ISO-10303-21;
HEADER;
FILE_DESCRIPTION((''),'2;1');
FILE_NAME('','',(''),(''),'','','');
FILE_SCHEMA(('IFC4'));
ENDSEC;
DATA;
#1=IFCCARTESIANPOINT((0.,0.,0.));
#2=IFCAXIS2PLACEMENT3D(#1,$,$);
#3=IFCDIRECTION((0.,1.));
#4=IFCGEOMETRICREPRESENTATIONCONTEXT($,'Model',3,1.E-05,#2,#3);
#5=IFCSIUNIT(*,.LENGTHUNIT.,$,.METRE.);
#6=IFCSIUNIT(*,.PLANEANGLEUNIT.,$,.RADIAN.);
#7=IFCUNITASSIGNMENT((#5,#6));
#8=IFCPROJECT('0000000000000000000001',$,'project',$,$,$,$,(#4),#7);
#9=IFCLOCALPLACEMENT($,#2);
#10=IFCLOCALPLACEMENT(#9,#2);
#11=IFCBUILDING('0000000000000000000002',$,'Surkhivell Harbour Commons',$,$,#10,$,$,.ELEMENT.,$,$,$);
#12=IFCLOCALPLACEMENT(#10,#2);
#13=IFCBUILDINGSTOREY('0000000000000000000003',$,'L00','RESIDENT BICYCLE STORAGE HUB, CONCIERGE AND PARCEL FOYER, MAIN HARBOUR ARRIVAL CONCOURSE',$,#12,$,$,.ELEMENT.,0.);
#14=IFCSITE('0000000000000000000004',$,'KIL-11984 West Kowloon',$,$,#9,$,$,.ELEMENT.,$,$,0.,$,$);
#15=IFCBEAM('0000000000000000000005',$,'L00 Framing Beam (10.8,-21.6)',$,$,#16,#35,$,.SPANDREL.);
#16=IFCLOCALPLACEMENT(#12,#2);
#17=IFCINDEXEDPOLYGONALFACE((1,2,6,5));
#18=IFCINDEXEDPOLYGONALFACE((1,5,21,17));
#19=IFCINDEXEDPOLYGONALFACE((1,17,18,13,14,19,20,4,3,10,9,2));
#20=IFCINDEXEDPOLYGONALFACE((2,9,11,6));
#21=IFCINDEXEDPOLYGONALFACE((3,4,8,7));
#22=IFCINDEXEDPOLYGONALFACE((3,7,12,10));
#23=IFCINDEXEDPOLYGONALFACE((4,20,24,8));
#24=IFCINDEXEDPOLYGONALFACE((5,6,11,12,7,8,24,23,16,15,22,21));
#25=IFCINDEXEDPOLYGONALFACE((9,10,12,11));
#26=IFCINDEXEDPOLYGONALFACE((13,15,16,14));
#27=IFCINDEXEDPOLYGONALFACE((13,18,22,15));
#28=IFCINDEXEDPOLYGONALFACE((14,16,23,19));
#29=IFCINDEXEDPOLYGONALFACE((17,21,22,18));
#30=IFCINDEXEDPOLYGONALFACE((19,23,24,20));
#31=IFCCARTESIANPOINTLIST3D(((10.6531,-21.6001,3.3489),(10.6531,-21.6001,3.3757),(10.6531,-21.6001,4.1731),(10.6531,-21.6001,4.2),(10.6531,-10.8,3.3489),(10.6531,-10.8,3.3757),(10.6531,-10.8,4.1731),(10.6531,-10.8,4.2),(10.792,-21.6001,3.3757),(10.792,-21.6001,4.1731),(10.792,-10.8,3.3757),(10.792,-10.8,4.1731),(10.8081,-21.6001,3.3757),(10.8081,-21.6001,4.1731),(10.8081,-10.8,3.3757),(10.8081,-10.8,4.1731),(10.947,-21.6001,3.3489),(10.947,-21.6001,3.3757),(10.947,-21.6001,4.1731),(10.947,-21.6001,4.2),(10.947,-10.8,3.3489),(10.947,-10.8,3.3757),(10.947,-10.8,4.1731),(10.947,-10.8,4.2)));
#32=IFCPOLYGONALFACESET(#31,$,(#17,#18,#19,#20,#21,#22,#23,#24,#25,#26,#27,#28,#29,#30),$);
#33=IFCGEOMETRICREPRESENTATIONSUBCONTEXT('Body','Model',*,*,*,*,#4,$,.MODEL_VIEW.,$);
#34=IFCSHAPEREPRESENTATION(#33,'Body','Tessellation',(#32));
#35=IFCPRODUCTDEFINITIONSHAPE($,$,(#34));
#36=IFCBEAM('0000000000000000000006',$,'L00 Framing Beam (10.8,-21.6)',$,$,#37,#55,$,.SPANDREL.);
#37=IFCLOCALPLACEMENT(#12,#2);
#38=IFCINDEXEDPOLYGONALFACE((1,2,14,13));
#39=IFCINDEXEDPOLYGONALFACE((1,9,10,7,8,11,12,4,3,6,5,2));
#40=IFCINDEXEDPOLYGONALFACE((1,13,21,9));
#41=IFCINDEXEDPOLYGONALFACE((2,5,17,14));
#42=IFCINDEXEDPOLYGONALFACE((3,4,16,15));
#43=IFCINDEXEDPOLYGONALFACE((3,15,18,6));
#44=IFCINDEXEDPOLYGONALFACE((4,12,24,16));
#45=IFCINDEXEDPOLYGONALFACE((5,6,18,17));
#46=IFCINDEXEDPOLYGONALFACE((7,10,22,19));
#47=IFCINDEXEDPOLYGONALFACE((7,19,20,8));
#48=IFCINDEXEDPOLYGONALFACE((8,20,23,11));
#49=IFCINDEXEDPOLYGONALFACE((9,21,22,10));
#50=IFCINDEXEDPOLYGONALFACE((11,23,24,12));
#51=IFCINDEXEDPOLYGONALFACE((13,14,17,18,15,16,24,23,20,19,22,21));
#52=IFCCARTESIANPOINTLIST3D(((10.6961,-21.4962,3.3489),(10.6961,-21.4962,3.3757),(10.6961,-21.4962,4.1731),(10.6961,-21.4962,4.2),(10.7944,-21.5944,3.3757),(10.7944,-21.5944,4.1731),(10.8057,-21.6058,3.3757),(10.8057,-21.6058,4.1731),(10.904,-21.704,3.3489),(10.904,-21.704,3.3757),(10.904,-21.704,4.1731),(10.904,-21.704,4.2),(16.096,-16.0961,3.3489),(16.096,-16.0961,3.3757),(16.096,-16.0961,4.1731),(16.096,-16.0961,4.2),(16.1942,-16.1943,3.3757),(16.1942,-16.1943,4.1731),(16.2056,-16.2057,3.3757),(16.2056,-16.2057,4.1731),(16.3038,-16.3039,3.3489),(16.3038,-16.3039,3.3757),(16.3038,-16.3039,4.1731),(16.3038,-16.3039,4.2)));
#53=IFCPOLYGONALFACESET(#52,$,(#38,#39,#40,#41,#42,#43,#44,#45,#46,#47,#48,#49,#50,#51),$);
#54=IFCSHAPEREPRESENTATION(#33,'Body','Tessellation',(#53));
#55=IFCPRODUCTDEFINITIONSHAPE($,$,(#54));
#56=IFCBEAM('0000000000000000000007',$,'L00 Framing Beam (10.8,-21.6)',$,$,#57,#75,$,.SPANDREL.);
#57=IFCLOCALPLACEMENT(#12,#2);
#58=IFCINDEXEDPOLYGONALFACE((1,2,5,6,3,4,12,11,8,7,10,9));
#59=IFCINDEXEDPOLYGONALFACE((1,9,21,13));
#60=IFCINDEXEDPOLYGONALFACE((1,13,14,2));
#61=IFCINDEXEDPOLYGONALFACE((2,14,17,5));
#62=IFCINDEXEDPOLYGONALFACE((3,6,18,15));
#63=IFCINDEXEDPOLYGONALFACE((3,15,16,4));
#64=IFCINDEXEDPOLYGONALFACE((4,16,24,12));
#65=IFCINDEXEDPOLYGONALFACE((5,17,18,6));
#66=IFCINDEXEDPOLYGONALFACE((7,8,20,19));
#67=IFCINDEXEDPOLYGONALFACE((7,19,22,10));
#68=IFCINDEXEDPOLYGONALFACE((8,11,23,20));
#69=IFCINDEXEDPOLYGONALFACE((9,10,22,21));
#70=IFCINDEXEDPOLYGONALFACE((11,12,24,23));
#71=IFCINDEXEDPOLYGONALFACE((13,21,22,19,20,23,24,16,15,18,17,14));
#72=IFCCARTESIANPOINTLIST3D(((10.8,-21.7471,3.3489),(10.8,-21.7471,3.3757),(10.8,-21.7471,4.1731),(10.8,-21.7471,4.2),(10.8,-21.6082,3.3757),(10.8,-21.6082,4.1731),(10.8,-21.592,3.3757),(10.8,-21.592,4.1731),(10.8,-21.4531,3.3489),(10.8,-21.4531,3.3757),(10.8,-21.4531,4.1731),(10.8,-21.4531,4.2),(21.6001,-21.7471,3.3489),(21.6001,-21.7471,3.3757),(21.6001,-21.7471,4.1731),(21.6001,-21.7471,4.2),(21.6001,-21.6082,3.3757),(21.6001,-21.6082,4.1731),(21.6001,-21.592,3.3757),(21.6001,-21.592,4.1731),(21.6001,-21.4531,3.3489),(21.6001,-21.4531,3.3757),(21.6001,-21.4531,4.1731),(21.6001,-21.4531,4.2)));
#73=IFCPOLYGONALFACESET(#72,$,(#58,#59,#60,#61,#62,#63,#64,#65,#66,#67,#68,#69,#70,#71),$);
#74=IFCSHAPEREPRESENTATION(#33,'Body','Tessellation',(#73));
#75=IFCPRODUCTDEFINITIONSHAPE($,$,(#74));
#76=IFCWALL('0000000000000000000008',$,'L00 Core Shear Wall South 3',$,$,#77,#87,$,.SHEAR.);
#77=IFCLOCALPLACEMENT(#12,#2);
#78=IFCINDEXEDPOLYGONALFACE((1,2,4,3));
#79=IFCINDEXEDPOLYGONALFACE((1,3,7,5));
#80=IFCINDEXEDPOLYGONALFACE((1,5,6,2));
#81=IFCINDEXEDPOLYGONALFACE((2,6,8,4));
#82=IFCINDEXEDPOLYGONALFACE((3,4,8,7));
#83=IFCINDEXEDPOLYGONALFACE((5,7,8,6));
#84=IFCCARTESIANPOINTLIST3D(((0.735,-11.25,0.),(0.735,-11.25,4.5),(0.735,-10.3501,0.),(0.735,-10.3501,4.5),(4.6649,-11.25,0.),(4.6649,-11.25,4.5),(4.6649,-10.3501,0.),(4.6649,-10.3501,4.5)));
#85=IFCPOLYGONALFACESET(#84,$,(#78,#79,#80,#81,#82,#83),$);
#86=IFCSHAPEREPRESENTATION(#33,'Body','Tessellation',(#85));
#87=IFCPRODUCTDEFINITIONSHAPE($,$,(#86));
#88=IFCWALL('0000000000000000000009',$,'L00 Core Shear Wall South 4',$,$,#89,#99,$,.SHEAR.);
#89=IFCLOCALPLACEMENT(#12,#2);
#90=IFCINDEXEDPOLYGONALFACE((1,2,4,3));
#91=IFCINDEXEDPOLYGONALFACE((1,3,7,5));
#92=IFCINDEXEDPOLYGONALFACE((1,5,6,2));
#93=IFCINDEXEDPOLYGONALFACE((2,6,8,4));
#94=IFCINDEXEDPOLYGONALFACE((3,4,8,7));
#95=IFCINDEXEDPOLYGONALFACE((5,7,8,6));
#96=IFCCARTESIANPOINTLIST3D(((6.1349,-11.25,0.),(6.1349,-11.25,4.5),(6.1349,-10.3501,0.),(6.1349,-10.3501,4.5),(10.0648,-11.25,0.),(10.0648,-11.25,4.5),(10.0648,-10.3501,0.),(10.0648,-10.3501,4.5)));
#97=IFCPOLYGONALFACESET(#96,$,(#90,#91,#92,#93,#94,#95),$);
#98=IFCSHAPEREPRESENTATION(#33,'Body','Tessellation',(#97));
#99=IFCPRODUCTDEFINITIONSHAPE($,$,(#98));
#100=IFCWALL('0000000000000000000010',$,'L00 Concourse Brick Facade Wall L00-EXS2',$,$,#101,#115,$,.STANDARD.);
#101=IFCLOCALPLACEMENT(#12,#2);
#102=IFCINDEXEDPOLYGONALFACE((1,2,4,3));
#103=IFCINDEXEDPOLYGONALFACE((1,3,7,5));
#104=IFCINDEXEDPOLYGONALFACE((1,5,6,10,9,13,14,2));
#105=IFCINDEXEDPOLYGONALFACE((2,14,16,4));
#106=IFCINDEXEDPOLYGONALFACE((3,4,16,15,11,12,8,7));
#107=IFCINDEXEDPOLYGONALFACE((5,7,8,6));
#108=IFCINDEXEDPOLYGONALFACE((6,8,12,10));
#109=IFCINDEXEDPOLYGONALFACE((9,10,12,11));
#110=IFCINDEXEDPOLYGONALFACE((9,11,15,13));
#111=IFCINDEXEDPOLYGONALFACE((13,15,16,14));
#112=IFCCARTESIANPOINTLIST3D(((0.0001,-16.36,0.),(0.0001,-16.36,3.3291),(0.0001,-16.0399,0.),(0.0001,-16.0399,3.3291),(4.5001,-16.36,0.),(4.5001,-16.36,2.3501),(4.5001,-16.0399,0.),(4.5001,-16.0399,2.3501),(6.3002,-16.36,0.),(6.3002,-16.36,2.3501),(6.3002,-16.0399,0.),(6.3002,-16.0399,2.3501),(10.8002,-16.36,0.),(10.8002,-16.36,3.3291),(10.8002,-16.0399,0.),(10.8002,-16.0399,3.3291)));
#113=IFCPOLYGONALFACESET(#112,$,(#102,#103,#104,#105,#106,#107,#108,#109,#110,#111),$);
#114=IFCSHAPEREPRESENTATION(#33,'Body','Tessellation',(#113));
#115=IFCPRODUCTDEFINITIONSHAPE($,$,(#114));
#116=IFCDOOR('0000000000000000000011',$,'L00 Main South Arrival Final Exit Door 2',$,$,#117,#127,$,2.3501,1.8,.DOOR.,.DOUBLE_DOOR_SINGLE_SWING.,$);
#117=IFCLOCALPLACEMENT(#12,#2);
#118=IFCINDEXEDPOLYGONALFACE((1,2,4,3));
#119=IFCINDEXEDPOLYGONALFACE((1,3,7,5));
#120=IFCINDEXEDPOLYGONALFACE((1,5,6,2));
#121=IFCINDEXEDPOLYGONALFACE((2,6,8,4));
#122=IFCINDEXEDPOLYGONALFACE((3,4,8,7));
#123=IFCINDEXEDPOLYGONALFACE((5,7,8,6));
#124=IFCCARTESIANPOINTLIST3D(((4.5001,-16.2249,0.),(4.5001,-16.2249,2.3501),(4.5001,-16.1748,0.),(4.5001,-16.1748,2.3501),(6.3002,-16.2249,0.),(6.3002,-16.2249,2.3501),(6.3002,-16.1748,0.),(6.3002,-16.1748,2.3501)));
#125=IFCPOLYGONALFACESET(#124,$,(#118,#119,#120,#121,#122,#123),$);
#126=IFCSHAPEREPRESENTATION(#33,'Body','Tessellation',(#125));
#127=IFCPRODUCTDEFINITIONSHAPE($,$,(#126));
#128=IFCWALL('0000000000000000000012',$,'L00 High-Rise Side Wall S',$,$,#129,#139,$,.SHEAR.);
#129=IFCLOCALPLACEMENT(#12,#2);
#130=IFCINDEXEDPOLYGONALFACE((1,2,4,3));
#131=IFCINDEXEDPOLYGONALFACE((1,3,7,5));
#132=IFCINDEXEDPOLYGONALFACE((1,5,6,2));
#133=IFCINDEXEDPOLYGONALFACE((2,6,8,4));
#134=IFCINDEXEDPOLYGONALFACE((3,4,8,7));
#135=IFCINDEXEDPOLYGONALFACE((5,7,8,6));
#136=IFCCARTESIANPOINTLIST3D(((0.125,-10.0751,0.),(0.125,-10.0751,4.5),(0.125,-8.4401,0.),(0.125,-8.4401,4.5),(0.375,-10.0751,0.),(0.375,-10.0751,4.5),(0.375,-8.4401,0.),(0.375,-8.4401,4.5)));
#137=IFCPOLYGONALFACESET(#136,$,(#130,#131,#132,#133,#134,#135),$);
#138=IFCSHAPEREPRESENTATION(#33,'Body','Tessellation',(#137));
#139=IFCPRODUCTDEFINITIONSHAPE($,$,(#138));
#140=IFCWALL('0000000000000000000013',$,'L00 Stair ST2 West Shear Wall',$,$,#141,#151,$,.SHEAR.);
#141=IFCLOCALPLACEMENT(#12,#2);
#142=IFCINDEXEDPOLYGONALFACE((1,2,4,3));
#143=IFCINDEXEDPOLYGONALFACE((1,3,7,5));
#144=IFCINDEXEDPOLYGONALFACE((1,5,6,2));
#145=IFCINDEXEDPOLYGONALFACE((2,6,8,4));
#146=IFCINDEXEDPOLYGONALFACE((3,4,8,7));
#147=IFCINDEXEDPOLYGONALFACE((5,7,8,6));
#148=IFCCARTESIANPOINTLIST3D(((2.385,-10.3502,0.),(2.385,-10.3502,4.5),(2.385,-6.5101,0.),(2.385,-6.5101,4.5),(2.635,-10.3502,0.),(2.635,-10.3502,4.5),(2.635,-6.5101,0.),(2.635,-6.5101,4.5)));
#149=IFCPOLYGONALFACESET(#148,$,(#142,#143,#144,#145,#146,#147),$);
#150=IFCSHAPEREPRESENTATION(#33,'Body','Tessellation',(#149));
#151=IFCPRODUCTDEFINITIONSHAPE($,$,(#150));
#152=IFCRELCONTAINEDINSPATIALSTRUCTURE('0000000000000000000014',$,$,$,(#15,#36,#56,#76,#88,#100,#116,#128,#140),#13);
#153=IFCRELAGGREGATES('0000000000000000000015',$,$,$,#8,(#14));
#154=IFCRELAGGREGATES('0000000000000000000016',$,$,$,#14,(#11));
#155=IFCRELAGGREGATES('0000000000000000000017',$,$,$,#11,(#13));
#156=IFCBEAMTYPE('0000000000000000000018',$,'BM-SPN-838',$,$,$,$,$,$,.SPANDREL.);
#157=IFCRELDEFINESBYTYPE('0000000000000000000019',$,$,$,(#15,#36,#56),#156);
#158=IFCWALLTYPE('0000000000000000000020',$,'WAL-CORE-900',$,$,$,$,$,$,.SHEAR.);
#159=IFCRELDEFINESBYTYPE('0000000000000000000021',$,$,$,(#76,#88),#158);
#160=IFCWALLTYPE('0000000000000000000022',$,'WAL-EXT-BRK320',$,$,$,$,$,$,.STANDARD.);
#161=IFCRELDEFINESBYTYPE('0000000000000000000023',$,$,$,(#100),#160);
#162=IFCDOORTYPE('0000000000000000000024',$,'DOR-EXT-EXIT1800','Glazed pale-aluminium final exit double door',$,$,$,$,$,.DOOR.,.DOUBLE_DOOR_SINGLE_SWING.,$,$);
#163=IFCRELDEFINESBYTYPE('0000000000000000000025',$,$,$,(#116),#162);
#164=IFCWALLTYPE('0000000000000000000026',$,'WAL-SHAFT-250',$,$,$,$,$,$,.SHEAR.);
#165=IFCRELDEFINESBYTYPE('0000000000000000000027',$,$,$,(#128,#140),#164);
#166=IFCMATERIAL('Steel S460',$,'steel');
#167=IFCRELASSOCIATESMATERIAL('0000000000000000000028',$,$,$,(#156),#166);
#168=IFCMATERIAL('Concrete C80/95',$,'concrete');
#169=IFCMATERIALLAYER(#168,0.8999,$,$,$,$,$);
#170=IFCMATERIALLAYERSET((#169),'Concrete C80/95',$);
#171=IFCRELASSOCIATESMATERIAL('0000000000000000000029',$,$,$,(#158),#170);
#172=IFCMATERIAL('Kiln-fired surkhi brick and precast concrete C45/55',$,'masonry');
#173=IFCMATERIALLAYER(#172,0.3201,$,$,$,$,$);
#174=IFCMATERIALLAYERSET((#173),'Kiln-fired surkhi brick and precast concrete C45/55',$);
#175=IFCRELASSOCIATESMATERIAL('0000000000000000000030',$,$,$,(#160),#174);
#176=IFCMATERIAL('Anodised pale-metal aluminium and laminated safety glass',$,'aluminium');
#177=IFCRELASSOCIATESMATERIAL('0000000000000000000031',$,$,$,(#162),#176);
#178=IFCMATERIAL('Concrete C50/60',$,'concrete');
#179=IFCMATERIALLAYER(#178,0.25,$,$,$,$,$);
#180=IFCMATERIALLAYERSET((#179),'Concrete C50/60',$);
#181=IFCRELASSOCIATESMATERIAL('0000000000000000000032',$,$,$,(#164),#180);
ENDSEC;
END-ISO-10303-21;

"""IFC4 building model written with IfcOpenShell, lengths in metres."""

from ifc_helpers import new_model, si_unit, direction, frame, frame_2d, origin, origin_2d, place, context, subcontext, project, spatial, rectangle, i_section, extrude, material, layer, layer_set, material_profile, profile_set, type_object, element, fill, save


model = new_model("IFC4")

# Units and contexts
model_context = context("Model", 3, precision=1e-05, world=origin(), true_north=direction((0.0, 1.0)))
body_context = subcontext(model_context, "Body", "Model", "MODEL_VIEW")
ifc_project = project(units=[si_unit("LENGTHUNIT", "METRE"), si_unit("PLANEANGLEUNIT", "RADIAN")], contexts=[model_context])

# Site, building, storey
site_placement = place(None, origin())
site = spatial("IfcSite", under=ifc_project, at=site_placement, Name="KIL-11984 West Kowloon", CompositionType="ELEMENT", RefElevation=0.0)
building_placement = place(site_placement, origin())
building = spatial("IfcBuilding", under=site, at=building_placement, Name="Surkhivell Harbour Commons", CompositionType="ELEMENT")
storey_placement = place(building_placement, origin())
storey = spatial("IfcBuildingStorey", under=building, at=storey_placement, Name="L00", Description="RESIDENT BICYCLE STORAGE HUB, CONCIERGE AND PARCEL FOYER, MAIN HARBOUR ARRIVAL CONCOURSE", CompositionType="ELEMENT", Elevation=0.0)

# Shared definitions
ifc_material_1 = material(Name="Concrete C80/95", Category="concrete")

# Beams
ifc_material_2 = material(Name="Steel S460", Category="steel")
ifc_material_profile_1 = material_profile(ifc_material_2, i_section(OverallWidth=0.2939, OverallDepth=0.8511, WebThickness=0.0161, FlangeThickness=0.0269, at=origin_2d()), Name="UB838x292x226")
ifc_profile_set_1 = profile_set([ifc_material_profile_1], Name="Steel S460")
beam_type = type_object("IfcBeamType", Name="BM-SPN-838", PredefinedType="SPANDREL", material=ifc_profile_set_1)
beam_1_placement = place(storey_placement, frame((10.8, -21.6001, 3.7744), z_axis=(0.0, 1.0, 0.0), x_axis=(-1.0, 0.0, 0.0)))
element("IfcBeam", 1, at=beam_1_placement, inside=storey, type_object=beam_type, Name="L00 Framing Beam (10.8,-21.6)", PredefinedType="SPANDREL", context=body_context, shape_type="SweptSolid", body=[
    extrude(i_section(OverallWidth=0.2939, OverallDepth=0.8511, WebThickness=0.0161, FlangeThickness=0.0269, at=origin_2d()), origin(), (0.0, 0.0, 1.0), 10.8),
])
beam_2_placement = place(storey_placement, frame((10.8, -21.6001, 3.7744), z_axis=(0.707091, 0.707123, 0.0), x_axis=(-0.707123, 0.707091, 0.0)))
element("IfcBeam", 2, at=beam_2_placement, inside=storey, type_object=beam_type, Name="L00 Framing Beam (10.8,-21.6)", PredefinedType="SPANDREL", context=body_context, shape_type="SweptSolid", body=[
    extrude(i_section(OverallWidth=0.2939, OverallDepth=0.8511, WebThickness=0.0161, FlangeThickness=0.0269, at=origin_2d()), origin(), (0.0, 0.0, 1.0), 7.6367),
])
beam_3_placement = place(storey_placement, frame((10.8, -21.6001, 3.7744), z_axis=(1.0, 0.0, 0.0), x_axis=(0.0, 1.0, 0.0)))
element("IfcBeam", 3, at=beam_3_placement, inside=storey, type_object=beam_type, Name="L00 Framing Beam (10.8,-21.6)", PredefinedType="SPANDREL", context=body_context, shape_type="SweptSolid", body=[
    extrude(i_section(OverallWidth=0.2939, OverallDepth=0.8511, WebThickness=0.0161, FlangeThickness=0.0269, at=origin_2d()), origin(), (0.0, 0.0, 1.0), 10.8),
])

# Walls
ifc_layer_1 = layer(ifc_material_1, 0.8999)
ifc_layer_set_1 = layer_set([ifc_layer_1], Name="Concrete C80/95")
wall_type_1 = type_object("IfcWallType", Name="WAL-CORE-900", PredefinedType="SHEAR", material=ifc_layer_set_1)
for number, where, z_axis, x_axis, name in (
    (4, (0.7351, -10.8, 0.0), (0.0, 0.0, 1.0), (1.0, 0.0, 0.0), "L00 Core Shear Wall South 3"),
    (5, (6.135, -10.8, 0.0), (0.0, 0.0, 1.0), (1.0, 0.0, 0.0), "L00 Core Shear Wall South 4"),
):
    element("IfcWall", number, at=place(storey_placement, frame(where, z_axis=z_axis, x_axis=x_axis)), inside=storey, type_object=wall_type_1, Name=name, PredefinedType="SHEAR", context=body_context, shape_type="SweptSolid", body=[
        extrude(rectangle(XDim=3.9299, YDim=0.8999, at=frame_2d((1.9648, 0.0))), origin(), (0.0, 0.0, 1.0), 4.5),
    ])

# Wall, opening, door
ifc_material_3 = material(Name="Kiln-fired surkhi brick and precast concrete C45/55", Category="masonry")
ifc_layer_2 = layer(ifc_material_3, 0.3201)
ifc_layer_set_2 = layer_set([ifc_layer_2], Name="Kiln-fired surkhi brick and precast concrete C45/55")
wall_type_2 = type_object("IfcWallType", Name="WAL-EXT-BRK320", PredefinedType="STANDARD", material=ifc_layer_set_2)
wall_1_placement = place(storey_placement, frame((10.8, -16.2, 0.0), z_axis=(0.0, 0.0, 1.0), x_axis=(-1.0, 0.0, 0.0)))
wall_1 = element("IfcWall", 6, at=wall_1_placement, inside=storey, type_object=wall_type_2, Name="L00 Concourse Brick Facade Wall L00-EXS2", PredefinedType="STANDARD", context=body_context, shape_type="SweptSolid", body=[
    extrude(rectangle(XDim=10.8, YDim=0.3201, at=frame_2d((5.3999, 0.0))), origin(), (0.0, 0.0, 1.0), 3.3291),
])
opening_placement = place(wall_1_placement, frame((4.5, 0.0, 0.0)))
opening = element("IfcOpeningElement", 7, at=opening_placement, cuts=wall_1, PredefinedType="OPENING", context=body_context, shape_type="SweptSolid", body=[
    extrude(rectangle(XDim=1.8, YDim=2.3501, at=frame_2d((0.8999, 1.175))), frame((0.0, 0.1699, 0.0), z_axis=(0.0, -1.0, 0.0), x_axis=(1.0, 0.0, 0.0)), (0.0, 0.0, 1.0), 0.3401),
])
ifc_material_4 = material(Name="Anodised pale-metal aluminium and laminated safety glass", Category="aluminium")
door_type = type_object("IfcDoorType", Name="DOR-EXT-EXIT1800", Description="Glazed pale-aluminium final exit double door", OperationType="DOUBLE_DOOR_SINGLE_SWING", PredefinedType="DOOR", material=ifc_material_4)
door_placement = place(opening_placement, origin())
door = element("IfcDoor", 8, at=door_placement, inside=storey, type_object=door_type, Name="L00 Main South Arrival Final Exit Door 2", OperationType="DOUBLE_DOOR_SINGLE_SWING", OverallHeight=2.3501, OverallWidth=1.8, PredefinedType="DOOR", context=body_context, shape_type="SweptSolid", body=[
    extrude(rectangle(XDim=1.8, YDim=2.3501, at=frame_2d((0.8999, 1.175))), frame((0.0, 0.0249, 0.0), z_axis=(0.0, -1.0, 0.0), x_axis=(1.0, 0.0, 0.0)), (0.0, 0.0, 1.0), 0.05),
])
fill(opening, door)

# Walls
ifc_material_5 = material(Name="Concrete C50/60", Category="concrete")
ifc_layer_3 = layer(ifc_material_5, 0.25)
ifc_layer_set_3 = layer_set([ifc_layer_3], Name="Concrete C50/60")
wall_type_3 = type_object("IfcWallType", Name="WAL-SHAFT-250", PredefinedType="SHEAR", material=ifc_layer_set_3)
wall_2_placement = place(storey_placement, frame((0.25, -10.075, 0.0), z_axis=(0.0, 0.0, 1.0), x_axis=(0.0, 1.0, 0.0)))
element("IfcWall", 9, at=wall_2_placement, inside=storey, type_object=wall_type_3, Name="L00 High-Rise Side Wall S", PredefinedType="SHEAR", context=body_context, shape_type="SweptSolid", body=[
    extrude(rectangle(XDim=1.635, YDim=0.25, at=frame_2d((0.8174, 0.0))), origin(), (0.0, 0.0, 1.0), 4.5),
])
wall_3_placement = place(storey_placement, frame((2.51, -10.3501, 0.0), z_axis=(0.0, 0.0, 1.0), x_axis=(0.0, 1.0, 0.0)))
element("IfcWall", 10, at=wall_3_placement, inside=storey, type_object=wall_type_3, Name="L00 Stair ST2 West Shear Wall", PredefinedType="SHEAR", context=body_context, shape_type="SweptSolid", body=[
    extrude(rectangle(XDim=3.8401, YDim=0.25, at=frame_2d((1.9199, 0.0))), origin(), (0.0, 0.0, 1.0), 4.5),
])

save(model, "model.ifc")
